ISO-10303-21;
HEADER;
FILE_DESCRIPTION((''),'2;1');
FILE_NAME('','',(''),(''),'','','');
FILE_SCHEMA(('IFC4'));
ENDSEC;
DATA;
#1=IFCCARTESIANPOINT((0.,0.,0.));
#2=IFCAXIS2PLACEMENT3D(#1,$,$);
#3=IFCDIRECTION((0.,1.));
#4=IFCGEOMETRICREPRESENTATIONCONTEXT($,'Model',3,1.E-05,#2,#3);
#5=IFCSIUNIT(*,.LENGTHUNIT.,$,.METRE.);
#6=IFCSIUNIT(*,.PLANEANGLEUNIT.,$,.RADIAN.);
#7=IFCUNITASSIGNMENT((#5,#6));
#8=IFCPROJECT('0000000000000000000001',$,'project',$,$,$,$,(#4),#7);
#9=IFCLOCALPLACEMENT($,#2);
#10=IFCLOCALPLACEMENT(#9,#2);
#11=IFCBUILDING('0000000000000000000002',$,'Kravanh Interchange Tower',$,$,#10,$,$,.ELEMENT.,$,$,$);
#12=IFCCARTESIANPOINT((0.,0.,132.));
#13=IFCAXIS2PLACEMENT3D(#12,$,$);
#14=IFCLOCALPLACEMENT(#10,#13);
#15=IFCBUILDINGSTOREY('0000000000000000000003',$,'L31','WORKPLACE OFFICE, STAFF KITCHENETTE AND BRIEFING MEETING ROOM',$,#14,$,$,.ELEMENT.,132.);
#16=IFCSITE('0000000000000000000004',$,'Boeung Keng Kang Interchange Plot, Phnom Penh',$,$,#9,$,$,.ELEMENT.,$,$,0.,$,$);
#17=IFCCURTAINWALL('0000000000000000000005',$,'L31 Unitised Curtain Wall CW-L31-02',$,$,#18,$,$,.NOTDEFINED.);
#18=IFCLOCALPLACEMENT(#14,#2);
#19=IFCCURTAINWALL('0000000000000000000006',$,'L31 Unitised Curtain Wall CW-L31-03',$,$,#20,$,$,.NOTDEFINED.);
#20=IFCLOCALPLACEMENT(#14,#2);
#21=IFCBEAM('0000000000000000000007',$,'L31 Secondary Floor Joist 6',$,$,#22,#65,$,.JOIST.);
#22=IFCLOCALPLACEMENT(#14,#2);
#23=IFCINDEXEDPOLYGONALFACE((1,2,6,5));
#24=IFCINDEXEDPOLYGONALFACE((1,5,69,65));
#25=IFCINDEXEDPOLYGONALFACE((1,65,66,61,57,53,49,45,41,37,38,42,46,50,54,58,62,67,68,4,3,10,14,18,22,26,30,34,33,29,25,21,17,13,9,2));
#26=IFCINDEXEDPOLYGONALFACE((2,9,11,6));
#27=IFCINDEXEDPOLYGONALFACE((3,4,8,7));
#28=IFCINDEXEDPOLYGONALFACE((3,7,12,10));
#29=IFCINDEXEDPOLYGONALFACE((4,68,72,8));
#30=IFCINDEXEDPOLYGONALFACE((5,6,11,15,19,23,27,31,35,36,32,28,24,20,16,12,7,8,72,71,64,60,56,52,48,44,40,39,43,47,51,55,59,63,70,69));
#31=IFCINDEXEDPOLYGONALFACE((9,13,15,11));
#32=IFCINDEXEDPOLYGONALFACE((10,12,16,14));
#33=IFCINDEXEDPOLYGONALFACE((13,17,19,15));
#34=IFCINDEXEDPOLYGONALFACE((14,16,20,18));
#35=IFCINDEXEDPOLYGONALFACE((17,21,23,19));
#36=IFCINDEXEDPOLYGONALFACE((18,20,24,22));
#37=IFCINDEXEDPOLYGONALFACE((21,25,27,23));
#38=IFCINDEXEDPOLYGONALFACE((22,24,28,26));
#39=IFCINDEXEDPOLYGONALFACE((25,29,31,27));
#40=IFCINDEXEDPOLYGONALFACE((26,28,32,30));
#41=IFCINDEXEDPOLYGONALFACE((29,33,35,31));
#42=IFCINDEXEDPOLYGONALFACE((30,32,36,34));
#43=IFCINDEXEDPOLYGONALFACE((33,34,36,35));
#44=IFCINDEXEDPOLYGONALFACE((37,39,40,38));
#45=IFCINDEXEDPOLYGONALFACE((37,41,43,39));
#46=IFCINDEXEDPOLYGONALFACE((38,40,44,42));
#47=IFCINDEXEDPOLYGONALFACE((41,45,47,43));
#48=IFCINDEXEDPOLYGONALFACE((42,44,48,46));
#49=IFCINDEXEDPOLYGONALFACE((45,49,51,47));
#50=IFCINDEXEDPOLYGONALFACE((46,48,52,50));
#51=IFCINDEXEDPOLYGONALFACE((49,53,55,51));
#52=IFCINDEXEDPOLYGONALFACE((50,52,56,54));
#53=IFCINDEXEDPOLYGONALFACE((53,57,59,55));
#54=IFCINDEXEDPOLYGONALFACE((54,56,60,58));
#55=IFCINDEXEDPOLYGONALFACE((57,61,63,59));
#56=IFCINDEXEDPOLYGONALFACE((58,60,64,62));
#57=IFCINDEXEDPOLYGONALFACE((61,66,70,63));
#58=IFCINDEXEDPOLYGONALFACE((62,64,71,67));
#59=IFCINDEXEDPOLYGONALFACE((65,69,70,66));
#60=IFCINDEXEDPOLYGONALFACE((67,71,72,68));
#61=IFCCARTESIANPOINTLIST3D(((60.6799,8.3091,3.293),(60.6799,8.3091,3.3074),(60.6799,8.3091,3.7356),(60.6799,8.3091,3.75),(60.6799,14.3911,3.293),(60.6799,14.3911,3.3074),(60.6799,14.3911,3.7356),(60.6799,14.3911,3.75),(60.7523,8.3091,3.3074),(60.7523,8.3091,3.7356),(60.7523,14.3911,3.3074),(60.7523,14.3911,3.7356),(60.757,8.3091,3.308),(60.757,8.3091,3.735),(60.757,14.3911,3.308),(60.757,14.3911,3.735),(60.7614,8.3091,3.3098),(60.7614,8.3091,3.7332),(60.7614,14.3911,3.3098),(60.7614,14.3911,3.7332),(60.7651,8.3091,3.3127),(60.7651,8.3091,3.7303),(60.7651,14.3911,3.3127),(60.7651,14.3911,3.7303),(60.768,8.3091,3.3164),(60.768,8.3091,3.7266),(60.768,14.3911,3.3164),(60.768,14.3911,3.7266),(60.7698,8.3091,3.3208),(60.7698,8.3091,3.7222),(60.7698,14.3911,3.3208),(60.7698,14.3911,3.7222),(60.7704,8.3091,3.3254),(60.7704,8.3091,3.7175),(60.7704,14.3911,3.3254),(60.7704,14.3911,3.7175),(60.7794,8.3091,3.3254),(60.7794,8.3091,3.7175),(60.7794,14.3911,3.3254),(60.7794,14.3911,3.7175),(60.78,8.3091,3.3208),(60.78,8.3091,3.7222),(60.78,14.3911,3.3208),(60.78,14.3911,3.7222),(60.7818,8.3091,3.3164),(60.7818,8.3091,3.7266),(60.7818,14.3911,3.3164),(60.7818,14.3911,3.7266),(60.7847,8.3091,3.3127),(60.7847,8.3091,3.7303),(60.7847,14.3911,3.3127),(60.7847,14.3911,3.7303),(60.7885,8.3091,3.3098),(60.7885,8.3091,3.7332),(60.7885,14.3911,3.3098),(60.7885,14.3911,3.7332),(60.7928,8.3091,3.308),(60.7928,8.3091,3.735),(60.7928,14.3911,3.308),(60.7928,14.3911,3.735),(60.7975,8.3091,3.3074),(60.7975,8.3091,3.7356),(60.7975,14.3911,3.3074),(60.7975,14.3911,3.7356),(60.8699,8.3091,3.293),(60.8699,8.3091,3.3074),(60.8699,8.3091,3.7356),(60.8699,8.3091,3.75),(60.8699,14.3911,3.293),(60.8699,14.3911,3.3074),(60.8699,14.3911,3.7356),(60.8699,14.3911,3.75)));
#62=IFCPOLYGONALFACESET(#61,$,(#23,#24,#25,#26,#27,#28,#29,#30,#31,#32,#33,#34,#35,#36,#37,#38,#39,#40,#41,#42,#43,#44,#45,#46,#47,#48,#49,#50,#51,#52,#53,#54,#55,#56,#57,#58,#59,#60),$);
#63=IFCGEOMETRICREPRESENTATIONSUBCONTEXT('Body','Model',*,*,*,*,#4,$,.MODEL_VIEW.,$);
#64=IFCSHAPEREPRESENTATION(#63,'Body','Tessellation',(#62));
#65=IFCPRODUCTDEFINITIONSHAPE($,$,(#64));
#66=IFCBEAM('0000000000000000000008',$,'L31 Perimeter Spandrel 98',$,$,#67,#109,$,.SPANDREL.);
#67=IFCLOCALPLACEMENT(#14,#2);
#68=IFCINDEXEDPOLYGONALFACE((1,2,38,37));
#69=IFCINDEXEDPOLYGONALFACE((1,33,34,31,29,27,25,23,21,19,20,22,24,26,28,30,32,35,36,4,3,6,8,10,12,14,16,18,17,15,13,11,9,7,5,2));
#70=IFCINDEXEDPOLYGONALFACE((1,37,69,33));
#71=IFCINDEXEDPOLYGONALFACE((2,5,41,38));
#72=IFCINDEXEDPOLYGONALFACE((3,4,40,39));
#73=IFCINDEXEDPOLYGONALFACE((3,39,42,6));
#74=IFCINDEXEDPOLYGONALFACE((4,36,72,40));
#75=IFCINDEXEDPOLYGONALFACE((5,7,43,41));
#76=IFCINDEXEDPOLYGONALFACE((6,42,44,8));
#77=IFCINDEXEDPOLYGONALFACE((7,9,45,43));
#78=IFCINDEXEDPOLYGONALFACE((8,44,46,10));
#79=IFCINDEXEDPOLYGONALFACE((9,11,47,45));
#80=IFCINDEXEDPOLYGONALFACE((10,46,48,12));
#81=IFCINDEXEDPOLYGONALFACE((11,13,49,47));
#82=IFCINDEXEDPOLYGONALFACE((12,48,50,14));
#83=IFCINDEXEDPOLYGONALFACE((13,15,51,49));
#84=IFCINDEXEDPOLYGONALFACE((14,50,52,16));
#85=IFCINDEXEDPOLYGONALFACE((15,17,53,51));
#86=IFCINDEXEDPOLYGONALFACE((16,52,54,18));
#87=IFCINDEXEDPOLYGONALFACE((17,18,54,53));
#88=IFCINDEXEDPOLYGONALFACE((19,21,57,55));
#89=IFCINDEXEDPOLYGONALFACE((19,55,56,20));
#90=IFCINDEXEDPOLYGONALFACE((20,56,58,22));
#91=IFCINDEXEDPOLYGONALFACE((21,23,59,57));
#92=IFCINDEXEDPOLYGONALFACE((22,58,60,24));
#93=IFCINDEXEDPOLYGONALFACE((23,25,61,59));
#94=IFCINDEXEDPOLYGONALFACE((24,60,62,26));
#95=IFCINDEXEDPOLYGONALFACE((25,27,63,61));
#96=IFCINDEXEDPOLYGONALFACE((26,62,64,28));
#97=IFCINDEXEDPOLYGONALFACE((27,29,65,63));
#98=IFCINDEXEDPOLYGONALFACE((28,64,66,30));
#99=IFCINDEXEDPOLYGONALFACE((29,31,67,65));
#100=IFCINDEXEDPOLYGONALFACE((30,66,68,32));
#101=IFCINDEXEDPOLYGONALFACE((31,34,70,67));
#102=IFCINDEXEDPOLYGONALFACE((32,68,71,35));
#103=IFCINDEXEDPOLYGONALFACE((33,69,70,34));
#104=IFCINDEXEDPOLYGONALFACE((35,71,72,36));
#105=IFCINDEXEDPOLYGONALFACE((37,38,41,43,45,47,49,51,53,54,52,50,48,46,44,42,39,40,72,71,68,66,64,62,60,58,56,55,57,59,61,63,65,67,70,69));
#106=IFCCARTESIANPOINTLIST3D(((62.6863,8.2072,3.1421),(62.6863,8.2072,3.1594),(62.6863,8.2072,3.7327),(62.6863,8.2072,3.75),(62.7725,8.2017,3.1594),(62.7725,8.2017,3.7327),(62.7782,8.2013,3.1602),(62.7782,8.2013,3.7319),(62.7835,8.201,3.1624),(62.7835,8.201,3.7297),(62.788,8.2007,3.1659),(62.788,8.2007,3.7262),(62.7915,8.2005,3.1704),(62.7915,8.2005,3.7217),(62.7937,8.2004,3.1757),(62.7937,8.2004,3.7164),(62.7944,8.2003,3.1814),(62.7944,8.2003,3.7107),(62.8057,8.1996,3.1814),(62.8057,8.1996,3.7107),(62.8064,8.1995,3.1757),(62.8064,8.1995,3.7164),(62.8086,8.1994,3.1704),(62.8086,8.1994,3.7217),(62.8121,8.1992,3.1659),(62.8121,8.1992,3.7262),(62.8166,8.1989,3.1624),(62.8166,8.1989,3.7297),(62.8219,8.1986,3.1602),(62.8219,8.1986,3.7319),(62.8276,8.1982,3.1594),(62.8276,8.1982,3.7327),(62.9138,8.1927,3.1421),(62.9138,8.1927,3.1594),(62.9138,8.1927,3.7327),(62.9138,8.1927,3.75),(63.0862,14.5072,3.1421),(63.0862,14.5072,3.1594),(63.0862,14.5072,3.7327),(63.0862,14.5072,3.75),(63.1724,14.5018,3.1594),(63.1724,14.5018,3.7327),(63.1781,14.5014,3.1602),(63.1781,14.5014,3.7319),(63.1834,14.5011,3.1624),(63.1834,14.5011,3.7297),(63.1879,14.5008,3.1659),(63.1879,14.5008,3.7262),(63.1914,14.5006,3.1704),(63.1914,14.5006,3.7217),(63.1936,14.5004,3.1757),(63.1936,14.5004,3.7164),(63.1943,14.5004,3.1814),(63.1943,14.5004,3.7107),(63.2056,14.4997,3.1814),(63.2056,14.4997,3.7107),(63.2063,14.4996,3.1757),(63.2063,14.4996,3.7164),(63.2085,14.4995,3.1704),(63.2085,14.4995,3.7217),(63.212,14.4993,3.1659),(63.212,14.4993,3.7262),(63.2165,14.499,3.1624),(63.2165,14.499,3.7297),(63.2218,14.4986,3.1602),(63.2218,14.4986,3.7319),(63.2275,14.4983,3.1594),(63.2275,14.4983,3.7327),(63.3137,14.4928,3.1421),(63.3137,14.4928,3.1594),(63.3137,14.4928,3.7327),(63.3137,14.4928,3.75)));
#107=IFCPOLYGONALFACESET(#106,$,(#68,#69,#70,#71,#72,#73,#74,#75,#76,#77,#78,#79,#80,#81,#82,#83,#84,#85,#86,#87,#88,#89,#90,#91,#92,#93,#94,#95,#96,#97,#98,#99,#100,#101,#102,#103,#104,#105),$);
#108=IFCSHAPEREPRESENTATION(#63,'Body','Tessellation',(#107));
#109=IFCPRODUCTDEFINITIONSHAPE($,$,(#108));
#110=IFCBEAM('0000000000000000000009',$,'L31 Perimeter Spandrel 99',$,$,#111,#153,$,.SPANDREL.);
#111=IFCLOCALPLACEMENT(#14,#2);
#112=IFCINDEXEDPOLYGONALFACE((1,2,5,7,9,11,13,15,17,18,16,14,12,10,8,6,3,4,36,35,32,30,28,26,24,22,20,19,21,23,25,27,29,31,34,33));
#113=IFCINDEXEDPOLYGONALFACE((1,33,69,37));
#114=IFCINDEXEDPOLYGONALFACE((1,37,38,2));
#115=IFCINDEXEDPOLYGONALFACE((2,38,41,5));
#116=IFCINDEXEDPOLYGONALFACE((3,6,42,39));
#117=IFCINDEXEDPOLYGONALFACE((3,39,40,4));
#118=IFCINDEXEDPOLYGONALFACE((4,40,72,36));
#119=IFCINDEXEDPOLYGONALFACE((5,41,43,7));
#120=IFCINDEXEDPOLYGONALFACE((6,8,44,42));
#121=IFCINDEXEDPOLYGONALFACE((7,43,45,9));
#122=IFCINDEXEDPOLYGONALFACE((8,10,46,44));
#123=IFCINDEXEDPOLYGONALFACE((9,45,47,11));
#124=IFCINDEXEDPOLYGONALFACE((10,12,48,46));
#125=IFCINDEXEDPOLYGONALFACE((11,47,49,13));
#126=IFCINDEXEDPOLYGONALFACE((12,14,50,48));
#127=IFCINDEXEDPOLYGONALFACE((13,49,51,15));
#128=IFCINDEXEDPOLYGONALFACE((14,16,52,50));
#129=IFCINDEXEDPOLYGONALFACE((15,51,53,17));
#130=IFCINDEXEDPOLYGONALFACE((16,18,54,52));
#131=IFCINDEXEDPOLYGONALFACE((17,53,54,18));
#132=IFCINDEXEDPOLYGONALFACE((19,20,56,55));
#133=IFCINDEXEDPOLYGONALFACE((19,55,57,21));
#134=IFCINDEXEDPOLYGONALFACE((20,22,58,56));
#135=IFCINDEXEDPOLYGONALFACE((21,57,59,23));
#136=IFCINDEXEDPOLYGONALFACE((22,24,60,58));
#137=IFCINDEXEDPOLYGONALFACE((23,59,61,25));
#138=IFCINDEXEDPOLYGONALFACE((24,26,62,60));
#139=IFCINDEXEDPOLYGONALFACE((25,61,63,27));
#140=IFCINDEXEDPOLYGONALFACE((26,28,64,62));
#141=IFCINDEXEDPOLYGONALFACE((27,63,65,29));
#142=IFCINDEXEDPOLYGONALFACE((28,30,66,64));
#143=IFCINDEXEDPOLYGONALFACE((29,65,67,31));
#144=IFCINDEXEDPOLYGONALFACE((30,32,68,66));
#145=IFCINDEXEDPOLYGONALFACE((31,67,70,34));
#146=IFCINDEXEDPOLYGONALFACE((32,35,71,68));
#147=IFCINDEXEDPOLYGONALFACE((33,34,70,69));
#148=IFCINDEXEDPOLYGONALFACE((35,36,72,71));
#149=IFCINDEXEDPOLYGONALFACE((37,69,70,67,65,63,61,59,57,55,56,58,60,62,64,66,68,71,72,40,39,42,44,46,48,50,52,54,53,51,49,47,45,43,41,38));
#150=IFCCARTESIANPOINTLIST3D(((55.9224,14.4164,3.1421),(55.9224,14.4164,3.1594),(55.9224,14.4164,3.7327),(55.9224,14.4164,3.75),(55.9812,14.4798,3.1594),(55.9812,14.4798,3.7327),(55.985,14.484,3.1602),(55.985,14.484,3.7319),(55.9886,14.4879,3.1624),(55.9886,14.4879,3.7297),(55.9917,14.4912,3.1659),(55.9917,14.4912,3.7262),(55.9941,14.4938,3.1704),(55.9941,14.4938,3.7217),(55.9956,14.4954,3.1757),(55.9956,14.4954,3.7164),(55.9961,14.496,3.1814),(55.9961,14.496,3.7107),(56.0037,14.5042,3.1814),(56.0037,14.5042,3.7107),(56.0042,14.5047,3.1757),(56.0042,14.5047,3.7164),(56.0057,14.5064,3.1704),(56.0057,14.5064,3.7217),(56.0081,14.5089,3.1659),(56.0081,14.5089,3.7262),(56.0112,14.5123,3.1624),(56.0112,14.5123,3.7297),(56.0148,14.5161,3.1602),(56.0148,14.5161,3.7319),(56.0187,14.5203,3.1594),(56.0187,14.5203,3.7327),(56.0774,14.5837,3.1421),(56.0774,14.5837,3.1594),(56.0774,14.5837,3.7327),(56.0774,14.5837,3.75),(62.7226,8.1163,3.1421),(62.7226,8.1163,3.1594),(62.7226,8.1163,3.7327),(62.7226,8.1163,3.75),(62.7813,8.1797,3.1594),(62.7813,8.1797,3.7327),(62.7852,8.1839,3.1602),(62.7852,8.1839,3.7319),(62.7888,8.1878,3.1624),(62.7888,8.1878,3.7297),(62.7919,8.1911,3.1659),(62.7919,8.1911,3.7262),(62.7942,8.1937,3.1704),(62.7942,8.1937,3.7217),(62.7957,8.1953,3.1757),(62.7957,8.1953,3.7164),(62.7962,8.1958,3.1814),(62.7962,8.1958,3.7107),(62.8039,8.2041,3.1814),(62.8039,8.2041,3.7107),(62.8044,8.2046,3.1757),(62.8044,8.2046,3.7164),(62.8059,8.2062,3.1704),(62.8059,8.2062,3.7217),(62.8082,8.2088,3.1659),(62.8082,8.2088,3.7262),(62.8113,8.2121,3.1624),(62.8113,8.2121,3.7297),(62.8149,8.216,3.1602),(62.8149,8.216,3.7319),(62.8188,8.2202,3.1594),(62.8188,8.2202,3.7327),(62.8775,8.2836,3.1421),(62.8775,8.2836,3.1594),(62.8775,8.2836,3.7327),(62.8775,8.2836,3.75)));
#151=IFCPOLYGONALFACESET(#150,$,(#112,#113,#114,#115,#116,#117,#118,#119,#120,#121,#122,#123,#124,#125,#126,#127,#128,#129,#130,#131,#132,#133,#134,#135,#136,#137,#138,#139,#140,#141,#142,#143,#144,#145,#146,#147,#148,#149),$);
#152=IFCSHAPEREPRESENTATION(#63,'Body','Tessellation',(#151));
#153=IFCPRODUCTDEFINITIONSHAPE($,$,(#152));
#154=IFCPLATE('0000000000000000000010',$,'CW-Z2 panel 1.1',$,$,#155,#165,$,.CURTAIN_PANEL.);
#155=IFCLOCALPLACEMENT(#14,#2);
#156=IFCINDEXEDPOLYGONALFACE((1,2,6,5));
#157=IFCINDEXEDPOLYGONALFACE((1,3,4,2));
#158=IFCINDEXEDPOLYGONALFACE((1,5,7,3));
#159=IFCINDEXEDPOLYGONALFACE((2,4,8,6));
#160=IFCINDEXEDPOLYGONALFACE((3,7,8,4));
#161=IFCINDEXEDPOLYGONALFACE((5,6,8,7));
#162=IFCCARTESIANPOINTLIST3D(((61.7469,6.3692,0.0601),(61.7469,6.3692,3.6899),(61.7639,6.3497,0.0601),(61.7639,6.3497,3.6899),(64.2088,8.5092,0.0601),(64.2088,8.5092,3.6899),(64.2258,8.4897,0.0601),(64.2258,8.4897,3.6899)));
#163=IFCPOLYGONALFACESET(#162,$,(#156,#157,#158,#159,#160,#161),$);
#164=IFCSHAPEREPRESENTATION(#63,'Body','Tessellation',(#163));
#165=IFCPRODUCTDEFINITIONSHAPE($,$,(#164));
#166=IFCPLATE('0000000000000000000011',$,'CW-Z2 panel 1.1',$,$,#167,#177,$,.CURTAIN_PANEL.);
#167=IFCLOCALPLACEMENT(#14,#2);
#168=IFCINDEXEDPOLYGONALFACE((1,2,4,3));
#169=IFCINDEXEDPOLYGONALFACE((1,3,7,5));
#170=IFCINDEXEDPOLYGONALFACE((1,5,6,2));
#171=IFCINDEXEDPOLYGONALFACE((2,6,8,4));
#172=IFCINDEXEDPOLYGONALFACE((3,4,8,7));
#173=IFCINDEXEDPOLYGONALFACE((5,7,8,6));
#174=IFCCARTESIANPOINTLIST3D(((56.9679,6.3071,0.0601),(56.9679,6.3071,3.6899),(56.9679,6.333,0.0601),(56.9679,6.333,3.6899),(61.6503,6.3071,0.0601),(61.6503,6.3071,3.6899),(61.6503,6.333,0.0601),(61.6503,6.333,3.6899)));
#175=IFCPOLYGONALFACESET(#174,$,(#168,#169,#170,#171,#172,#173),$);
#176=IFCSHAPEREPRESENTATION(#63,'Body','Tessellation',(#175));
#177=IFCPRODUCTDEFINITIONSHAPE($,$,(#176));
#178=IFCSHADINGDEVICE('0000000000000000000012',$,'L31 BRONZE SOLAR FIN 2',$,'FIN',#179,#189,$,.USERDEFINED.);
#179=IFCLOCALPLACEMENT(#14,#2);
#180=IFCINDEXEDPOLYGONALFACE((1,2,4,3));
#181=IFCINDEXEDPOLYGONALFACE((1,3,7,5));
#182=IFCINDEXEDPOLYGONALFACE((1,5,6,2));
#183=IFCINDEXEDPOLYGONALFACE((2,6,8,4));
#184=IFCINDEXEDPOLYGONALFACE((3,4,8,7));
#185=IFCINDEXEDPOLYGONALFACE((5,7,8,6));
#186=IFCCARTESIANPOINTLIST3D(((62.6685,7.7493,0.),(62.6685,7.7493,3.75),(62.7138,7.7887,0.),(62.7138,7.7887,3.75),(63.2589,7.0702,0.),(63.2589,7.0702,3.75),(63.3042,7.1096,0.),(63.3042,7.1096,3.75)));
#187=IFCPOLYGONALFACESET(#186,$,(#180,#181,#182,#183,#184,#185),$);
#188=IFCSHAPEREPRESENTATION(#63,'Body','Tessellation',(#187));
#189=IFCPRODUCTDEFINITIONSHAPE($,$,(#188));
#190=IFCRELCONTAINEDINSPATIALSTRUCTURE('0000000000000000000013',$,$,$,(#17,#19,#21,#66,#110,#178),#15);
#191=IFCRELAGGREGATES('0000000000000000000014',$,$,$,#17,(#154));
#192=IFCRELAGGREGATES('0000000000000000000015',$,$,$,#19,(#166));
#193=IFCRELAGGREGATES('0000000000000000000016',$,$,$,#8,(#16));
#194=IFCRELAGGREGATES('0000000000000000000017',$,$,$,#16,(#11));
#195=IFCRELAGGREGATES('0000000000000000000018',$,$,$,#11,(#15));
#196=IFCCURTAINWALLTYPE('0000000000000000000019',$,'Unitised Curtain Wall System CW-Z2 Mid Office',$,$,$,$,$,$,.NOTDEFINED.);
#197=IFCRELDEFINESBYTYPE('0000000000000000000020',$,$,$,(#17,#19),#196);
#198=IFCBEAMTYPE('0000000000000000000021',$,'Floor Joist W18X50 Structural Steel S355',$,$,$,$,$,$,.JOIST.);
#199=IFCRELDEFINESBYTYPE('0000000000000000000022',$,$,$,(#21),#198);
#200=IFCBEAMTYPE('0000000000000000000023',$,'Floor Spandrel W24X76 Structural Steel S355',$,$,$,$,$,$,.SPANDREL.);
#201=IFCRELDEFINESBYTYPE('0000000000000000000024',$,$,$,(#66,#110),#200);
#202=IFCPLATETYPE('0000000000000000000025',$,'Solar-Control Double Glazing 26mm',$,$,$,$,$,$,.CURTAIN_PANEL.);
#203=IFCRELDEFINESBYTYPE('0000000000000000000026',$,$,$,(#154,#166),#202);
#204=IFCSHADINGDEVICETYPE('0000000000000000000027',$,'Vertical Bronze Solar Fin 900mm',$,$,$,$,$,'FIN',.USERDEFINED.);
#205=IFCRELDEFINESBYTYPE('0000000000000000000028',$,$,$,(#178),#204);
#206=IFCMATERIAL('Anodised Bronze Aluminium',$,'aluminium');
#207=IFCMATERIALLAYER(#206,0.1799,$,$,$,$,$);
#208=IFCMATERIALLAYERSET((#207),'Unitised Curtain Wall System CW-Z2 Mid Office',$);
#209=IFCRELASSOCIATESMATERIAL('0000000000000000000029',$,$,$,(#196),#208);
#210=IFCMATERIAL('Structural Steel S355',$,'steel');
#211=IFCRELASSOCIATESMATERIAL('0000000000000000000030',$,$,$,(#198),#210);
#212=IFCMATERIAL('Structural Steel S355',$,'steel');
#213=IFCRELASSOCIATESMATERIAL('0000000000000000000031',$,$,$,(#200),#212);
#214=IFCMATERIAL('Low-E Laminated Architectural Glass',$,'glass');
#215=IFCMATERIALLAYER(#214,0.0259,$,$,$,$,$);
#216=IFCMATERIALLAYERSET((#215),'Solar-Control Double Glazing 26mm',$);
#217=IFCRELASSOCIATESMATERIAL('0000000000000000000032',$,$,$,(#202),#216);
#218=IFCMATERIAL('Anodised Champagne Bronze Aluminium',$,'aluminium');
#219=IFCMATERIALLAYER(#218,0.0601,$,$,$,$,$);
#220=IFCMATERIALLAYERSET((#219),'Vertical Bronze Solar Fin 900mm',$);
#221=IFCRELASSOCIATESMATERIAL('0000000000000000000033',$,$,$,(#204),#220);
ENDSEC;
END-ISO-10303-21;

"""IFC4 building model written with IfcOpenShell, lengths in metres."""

from ifc_helpers import new_model, si_unit, direction, frame, origin, origin_2d, place, context, subcontext, project, spatial, rectangle, i_section, extrude, material, layer, layer_set, material_profile, profile_set, type_object, element, aggregate, save


model = new_model("IFC4")

# Units and contexts
model_context = context("Model", 3, precision=1e-05, world=origin(), true_north=direction((0.0, 1.0)))
body_context = subcontext(model_context, "Body", "Model", "MODEL_VIEW")
ifc_project = project(units=[si_unit("LENGTHUNIT", "METRE"), si_unit("PLANEANGLEUNIT", "RADIAN")], contexts=[model_context])

# Site, building, storey
site_placement = place(None, origin())
site = spatial("IfcSite", under=ifc_project, at=site_placement, Name="Boeung Keng Kang Interchange Plot, Phnom Penh", CompositionType="ELEMENT", RefElevation=0.0)
building_placement = place(site_placement, origin())
building = spatial("IfcBuilding", under=site, at=building_placement, Name="Kravanh Interchange Tower", CompositionType="ELEMENT")
storey_placement = place(building_placement, frame((0.0, 0.0, 132.0)))
storey = spatial("IfcBuildingStorey", under=building, at=storey_placement, Name="L31", Description="WORKPLACE OFFICE, STAFF KITCHENETTE AND BRIEFING MEETING ROOM", CompositionType="ELEMENT", Elevation=132.0)

# Curtain walls
ifc_material_1 = material(Name="Anodised Bronze Aluminium", Category="aluminium")
ifc_layer_1 = layer(ifc_material_1, 0.1799)
ifc_layer_set_1 = layer_set([ifc_layer_1], Name="Unitised Curtain Wall System CW-Z2 Mid Office")
curtain_wall_type = type_object("IfcCurtainWallType", Name="Unitised Curtain Wall System CW-Z2 Mid Office", PredefinedType="NOTDEFINED", material=ifc_layer_set_1)
curtain_wall_1_placement = place(storey_placement, origin())
curtain_wall_1 = element("IfcCurtainWall", 1, at=curtain_wall_1_placement, inside=storey, type_object=curtain_wall_type, Name="L31 Unitised Curtain Wall CW-L31-02", PredefinedType="NOTDEFINED")
curtain_wall_2_placement = place(storey_placement, origin())
curtain_wall_2 = element("IfcCurtainWall", 2, at=curtain_wall_2_placement, inside=storey, type_object=curtain_wall_type, Name="L31 Unitised Curtain Wall CW-L31-03", PredefinedType="NOTDEFINED")

# Beams
ifc_material_2 = material(Name="Structural Steel S355", Category="steel")
ifc_material_profile_1 = material_profile(ifc_material_2, i_section(OverallWidth=0.1899, OverallDepth=0.457, WebThickness=0.009, FlangeThickness=0.0144, FilletRadius=0.0181, at=origin_2d()), Name="W18X50")
ifc_profile_set_1 = profile_set([ifc_material_profile_1], Name="Structural Steel S355")
beam_type_1 = type_object("IfcBeamType", Name="Floor Joist W18X50 Structural Steel S355", PredefinedType="JOIST", material=ifc_profile_set_1)
for number, where, z_axis, x_axis, name in (
    (3, (60.7749, 8.3091, 3.5215), (0.0, 1.0, 0.0), (-1.0, 0.0, 0.0), "L31 Secondary Floor Joist 6"),
):
    element("IfcBeam", number, at=place(storey_placement, frame(where, z_axis=z_axis, x_axis=x_axis)), inside=storey, type_object=beam_type_1, Name=name, PredefinedType="JOIST", context=body_context, shape_type="SweptSolid", body=[
        extrude(i_section(OverallWidth=0.1899, OverallDepth=0.457, WebThickness=0.009, FlangeThickness=0.0144, FilletRadius=0.0181, at=origin_2d()), origin(), (0.0, 0.0, 1.0), 6.082),
    ])
ifc_material_3 = material(Name="Structural Steel S355", Category="steel")
ifc_material_profile_2 = material_profile(ifc_material_3, i_section(OverallWidth=0.228, OverallDepth=0.6079, WebThickness=0.0112, FlangeThickness=0.0173, FilletRadius=0.022, at=origin_2d()), Name="W24X76")
ifc_profile_set_2 = profile_set([ifc_material_profile_2], Name="Structural Steel S355")
beam_type_2 = type_object("IfcBeamType", Name="Floor Spandrel W24X76 Structural Steel S355", PredefinedType="SPANDREL", material=ifc_profile_set_2)
beam_1_placement = place(storey_placement, frame((62.8, 8.2, 3.446), z_axis=(0.063349, 0.997991, 0.0), x_axis=(-0.997991, 0.063349, 0.0)))
element("IfcBeam", 4, at=beam_1_placement, inside=storey, type_object=beam_type_2, Name="L31 Perimeter Spandrel 98", PredefinedType="SPANDREL", context=body_context, shape_type="SweptSolid", body=[
    extrude(i_section(OverallWidth=0.228, OverallDepth=0.6079, WebThickness=0.0112, FlangeThickness=0.0173, FilletRadius=0.022, at=origin_2d()), origin(), (0.0, 0.0, 1.0), 6.3127),
])
beam_2_placement = place(storey_placement, frame((62.8, 8.2, 3.446), z_axis=(-0.733561, 0.679623, 0.0), x_axis=(-0.679623, -0.733561, 0.0)))
element("IfcBeam", 5, at=beam_2_placement, inside=storey, type_object=beam_type_2, Name="L31 Perimeter Spandrel 99", PredefinedType="SPANDREL", context=body_context, shape_type="SweptSolid", body=[
    extrude(i_section(OverallWidth=0.228, OverallDepth=0.6079, WebThickness=0.0112, FlangeThickness=0.0173, FilletRadius=0.022, at=origin_2d()), origin(), (0.0, 0.0, 1.0), 9.27),
])

# Plates
ifc_material_4 = material(Name="Low-E Laminated Architectural Glass", Category="glass")
ifc_layer_2 = layer(ifc_material_4, 0.0259)
ifc_layer_set_2 = layer_set([ifc_layer_2], Name="Solar-Control Double Glazing 26mm")
plate_type = type_object("IfcPlateType", Name="Solar-Control Double Glazing 26mm", PredefinedType="CURTAIN_PANEL", material=ifc_layer_set_2)
plate_1_placement = place(storey_placement, frame((62.9863, 7.4294, 0.0601), z_axis=(0.0, 0.0, 1.0), x_axis=(-0.754719, -0.656048, 0.0)))
plate_1 = element("IfcPlate", 6, at=plate_1_placement, type_object=plate_type, Name="CW-Z2 panel 1.1", PredefinedType="CURTAIN_PANEL", context=body_context, shape_type="SweptSolid", body=[
    extrude(rectangle(XDim=3.262, YDim=0.0259, at=origin_2d()), origin(), (0.0, 0.0, 1.0), 3.6299),
])
aggregate(curtain_wall_1, [plate_1])
plate_2_placement = place(storey_placement, frame((59.3091, 6.3201, 0.0601), z_axis=(0.0, 0.0, 1.0), x_axis=(-1.0, 0.0, 0.0)))
plate_2 = element("IfcPlate", 7, at=plate_2_placement, type_object=plate_type, Name="CW-Z2 panel 1.1", PredefinedType="CURTAIN_PANEL", context=body_context, shape_type="SweptSolid", body=[
    extrude(rectangle(XDim=4.6824, YDim=0.0259, at=origin_2d()), origin(), (0.0, 0.0, 1.0), 3.6299),
])
aggregate(curtain_wall_2, [plate_2])

# Shading device
ifc_material_5 = material(Name="Anodised Champagne Bronze Aluminium", Category="aluminium")
ifc_layer_3 = layer(ifc_material_5, 0.0601)
ifc_layer_set_3 = layer_set([ifc_layer_3], Name="Vertical Bronze Solar Fin 900mm")
shading_device_type = type_object("IfcShadingDeviceType", Name="Vertical Bronze Solar Fin 900mm", ElementType="FIN", PredefinedType="USERDEFINED", material=ifc_layer_set_3)
shading_device_placement = place(storey_placement, frame((62.9863, 7.4294, 0.0), z_axis=(0.0, 0.0, 1.0), x_axis=(0.656056, -0.754712, 0.0)))
element("IfcShadingDevice", 8, at=shading_device_placement, inside=storey, type_object=shading_device_type, Name="L31 BRONZE SOLAR FIN 2", ObjectType="FIN", PredefinedType="USERDEFINED", context=body_context, shape_type="SweptSolid", body=[
    extrude(rectangle(XDim=0.8999, YDim=0.0601, at=origin_2d()), origin(), (0.0, 0.0, 1.0), 3.75),
])

save(model, "model.ifc")
